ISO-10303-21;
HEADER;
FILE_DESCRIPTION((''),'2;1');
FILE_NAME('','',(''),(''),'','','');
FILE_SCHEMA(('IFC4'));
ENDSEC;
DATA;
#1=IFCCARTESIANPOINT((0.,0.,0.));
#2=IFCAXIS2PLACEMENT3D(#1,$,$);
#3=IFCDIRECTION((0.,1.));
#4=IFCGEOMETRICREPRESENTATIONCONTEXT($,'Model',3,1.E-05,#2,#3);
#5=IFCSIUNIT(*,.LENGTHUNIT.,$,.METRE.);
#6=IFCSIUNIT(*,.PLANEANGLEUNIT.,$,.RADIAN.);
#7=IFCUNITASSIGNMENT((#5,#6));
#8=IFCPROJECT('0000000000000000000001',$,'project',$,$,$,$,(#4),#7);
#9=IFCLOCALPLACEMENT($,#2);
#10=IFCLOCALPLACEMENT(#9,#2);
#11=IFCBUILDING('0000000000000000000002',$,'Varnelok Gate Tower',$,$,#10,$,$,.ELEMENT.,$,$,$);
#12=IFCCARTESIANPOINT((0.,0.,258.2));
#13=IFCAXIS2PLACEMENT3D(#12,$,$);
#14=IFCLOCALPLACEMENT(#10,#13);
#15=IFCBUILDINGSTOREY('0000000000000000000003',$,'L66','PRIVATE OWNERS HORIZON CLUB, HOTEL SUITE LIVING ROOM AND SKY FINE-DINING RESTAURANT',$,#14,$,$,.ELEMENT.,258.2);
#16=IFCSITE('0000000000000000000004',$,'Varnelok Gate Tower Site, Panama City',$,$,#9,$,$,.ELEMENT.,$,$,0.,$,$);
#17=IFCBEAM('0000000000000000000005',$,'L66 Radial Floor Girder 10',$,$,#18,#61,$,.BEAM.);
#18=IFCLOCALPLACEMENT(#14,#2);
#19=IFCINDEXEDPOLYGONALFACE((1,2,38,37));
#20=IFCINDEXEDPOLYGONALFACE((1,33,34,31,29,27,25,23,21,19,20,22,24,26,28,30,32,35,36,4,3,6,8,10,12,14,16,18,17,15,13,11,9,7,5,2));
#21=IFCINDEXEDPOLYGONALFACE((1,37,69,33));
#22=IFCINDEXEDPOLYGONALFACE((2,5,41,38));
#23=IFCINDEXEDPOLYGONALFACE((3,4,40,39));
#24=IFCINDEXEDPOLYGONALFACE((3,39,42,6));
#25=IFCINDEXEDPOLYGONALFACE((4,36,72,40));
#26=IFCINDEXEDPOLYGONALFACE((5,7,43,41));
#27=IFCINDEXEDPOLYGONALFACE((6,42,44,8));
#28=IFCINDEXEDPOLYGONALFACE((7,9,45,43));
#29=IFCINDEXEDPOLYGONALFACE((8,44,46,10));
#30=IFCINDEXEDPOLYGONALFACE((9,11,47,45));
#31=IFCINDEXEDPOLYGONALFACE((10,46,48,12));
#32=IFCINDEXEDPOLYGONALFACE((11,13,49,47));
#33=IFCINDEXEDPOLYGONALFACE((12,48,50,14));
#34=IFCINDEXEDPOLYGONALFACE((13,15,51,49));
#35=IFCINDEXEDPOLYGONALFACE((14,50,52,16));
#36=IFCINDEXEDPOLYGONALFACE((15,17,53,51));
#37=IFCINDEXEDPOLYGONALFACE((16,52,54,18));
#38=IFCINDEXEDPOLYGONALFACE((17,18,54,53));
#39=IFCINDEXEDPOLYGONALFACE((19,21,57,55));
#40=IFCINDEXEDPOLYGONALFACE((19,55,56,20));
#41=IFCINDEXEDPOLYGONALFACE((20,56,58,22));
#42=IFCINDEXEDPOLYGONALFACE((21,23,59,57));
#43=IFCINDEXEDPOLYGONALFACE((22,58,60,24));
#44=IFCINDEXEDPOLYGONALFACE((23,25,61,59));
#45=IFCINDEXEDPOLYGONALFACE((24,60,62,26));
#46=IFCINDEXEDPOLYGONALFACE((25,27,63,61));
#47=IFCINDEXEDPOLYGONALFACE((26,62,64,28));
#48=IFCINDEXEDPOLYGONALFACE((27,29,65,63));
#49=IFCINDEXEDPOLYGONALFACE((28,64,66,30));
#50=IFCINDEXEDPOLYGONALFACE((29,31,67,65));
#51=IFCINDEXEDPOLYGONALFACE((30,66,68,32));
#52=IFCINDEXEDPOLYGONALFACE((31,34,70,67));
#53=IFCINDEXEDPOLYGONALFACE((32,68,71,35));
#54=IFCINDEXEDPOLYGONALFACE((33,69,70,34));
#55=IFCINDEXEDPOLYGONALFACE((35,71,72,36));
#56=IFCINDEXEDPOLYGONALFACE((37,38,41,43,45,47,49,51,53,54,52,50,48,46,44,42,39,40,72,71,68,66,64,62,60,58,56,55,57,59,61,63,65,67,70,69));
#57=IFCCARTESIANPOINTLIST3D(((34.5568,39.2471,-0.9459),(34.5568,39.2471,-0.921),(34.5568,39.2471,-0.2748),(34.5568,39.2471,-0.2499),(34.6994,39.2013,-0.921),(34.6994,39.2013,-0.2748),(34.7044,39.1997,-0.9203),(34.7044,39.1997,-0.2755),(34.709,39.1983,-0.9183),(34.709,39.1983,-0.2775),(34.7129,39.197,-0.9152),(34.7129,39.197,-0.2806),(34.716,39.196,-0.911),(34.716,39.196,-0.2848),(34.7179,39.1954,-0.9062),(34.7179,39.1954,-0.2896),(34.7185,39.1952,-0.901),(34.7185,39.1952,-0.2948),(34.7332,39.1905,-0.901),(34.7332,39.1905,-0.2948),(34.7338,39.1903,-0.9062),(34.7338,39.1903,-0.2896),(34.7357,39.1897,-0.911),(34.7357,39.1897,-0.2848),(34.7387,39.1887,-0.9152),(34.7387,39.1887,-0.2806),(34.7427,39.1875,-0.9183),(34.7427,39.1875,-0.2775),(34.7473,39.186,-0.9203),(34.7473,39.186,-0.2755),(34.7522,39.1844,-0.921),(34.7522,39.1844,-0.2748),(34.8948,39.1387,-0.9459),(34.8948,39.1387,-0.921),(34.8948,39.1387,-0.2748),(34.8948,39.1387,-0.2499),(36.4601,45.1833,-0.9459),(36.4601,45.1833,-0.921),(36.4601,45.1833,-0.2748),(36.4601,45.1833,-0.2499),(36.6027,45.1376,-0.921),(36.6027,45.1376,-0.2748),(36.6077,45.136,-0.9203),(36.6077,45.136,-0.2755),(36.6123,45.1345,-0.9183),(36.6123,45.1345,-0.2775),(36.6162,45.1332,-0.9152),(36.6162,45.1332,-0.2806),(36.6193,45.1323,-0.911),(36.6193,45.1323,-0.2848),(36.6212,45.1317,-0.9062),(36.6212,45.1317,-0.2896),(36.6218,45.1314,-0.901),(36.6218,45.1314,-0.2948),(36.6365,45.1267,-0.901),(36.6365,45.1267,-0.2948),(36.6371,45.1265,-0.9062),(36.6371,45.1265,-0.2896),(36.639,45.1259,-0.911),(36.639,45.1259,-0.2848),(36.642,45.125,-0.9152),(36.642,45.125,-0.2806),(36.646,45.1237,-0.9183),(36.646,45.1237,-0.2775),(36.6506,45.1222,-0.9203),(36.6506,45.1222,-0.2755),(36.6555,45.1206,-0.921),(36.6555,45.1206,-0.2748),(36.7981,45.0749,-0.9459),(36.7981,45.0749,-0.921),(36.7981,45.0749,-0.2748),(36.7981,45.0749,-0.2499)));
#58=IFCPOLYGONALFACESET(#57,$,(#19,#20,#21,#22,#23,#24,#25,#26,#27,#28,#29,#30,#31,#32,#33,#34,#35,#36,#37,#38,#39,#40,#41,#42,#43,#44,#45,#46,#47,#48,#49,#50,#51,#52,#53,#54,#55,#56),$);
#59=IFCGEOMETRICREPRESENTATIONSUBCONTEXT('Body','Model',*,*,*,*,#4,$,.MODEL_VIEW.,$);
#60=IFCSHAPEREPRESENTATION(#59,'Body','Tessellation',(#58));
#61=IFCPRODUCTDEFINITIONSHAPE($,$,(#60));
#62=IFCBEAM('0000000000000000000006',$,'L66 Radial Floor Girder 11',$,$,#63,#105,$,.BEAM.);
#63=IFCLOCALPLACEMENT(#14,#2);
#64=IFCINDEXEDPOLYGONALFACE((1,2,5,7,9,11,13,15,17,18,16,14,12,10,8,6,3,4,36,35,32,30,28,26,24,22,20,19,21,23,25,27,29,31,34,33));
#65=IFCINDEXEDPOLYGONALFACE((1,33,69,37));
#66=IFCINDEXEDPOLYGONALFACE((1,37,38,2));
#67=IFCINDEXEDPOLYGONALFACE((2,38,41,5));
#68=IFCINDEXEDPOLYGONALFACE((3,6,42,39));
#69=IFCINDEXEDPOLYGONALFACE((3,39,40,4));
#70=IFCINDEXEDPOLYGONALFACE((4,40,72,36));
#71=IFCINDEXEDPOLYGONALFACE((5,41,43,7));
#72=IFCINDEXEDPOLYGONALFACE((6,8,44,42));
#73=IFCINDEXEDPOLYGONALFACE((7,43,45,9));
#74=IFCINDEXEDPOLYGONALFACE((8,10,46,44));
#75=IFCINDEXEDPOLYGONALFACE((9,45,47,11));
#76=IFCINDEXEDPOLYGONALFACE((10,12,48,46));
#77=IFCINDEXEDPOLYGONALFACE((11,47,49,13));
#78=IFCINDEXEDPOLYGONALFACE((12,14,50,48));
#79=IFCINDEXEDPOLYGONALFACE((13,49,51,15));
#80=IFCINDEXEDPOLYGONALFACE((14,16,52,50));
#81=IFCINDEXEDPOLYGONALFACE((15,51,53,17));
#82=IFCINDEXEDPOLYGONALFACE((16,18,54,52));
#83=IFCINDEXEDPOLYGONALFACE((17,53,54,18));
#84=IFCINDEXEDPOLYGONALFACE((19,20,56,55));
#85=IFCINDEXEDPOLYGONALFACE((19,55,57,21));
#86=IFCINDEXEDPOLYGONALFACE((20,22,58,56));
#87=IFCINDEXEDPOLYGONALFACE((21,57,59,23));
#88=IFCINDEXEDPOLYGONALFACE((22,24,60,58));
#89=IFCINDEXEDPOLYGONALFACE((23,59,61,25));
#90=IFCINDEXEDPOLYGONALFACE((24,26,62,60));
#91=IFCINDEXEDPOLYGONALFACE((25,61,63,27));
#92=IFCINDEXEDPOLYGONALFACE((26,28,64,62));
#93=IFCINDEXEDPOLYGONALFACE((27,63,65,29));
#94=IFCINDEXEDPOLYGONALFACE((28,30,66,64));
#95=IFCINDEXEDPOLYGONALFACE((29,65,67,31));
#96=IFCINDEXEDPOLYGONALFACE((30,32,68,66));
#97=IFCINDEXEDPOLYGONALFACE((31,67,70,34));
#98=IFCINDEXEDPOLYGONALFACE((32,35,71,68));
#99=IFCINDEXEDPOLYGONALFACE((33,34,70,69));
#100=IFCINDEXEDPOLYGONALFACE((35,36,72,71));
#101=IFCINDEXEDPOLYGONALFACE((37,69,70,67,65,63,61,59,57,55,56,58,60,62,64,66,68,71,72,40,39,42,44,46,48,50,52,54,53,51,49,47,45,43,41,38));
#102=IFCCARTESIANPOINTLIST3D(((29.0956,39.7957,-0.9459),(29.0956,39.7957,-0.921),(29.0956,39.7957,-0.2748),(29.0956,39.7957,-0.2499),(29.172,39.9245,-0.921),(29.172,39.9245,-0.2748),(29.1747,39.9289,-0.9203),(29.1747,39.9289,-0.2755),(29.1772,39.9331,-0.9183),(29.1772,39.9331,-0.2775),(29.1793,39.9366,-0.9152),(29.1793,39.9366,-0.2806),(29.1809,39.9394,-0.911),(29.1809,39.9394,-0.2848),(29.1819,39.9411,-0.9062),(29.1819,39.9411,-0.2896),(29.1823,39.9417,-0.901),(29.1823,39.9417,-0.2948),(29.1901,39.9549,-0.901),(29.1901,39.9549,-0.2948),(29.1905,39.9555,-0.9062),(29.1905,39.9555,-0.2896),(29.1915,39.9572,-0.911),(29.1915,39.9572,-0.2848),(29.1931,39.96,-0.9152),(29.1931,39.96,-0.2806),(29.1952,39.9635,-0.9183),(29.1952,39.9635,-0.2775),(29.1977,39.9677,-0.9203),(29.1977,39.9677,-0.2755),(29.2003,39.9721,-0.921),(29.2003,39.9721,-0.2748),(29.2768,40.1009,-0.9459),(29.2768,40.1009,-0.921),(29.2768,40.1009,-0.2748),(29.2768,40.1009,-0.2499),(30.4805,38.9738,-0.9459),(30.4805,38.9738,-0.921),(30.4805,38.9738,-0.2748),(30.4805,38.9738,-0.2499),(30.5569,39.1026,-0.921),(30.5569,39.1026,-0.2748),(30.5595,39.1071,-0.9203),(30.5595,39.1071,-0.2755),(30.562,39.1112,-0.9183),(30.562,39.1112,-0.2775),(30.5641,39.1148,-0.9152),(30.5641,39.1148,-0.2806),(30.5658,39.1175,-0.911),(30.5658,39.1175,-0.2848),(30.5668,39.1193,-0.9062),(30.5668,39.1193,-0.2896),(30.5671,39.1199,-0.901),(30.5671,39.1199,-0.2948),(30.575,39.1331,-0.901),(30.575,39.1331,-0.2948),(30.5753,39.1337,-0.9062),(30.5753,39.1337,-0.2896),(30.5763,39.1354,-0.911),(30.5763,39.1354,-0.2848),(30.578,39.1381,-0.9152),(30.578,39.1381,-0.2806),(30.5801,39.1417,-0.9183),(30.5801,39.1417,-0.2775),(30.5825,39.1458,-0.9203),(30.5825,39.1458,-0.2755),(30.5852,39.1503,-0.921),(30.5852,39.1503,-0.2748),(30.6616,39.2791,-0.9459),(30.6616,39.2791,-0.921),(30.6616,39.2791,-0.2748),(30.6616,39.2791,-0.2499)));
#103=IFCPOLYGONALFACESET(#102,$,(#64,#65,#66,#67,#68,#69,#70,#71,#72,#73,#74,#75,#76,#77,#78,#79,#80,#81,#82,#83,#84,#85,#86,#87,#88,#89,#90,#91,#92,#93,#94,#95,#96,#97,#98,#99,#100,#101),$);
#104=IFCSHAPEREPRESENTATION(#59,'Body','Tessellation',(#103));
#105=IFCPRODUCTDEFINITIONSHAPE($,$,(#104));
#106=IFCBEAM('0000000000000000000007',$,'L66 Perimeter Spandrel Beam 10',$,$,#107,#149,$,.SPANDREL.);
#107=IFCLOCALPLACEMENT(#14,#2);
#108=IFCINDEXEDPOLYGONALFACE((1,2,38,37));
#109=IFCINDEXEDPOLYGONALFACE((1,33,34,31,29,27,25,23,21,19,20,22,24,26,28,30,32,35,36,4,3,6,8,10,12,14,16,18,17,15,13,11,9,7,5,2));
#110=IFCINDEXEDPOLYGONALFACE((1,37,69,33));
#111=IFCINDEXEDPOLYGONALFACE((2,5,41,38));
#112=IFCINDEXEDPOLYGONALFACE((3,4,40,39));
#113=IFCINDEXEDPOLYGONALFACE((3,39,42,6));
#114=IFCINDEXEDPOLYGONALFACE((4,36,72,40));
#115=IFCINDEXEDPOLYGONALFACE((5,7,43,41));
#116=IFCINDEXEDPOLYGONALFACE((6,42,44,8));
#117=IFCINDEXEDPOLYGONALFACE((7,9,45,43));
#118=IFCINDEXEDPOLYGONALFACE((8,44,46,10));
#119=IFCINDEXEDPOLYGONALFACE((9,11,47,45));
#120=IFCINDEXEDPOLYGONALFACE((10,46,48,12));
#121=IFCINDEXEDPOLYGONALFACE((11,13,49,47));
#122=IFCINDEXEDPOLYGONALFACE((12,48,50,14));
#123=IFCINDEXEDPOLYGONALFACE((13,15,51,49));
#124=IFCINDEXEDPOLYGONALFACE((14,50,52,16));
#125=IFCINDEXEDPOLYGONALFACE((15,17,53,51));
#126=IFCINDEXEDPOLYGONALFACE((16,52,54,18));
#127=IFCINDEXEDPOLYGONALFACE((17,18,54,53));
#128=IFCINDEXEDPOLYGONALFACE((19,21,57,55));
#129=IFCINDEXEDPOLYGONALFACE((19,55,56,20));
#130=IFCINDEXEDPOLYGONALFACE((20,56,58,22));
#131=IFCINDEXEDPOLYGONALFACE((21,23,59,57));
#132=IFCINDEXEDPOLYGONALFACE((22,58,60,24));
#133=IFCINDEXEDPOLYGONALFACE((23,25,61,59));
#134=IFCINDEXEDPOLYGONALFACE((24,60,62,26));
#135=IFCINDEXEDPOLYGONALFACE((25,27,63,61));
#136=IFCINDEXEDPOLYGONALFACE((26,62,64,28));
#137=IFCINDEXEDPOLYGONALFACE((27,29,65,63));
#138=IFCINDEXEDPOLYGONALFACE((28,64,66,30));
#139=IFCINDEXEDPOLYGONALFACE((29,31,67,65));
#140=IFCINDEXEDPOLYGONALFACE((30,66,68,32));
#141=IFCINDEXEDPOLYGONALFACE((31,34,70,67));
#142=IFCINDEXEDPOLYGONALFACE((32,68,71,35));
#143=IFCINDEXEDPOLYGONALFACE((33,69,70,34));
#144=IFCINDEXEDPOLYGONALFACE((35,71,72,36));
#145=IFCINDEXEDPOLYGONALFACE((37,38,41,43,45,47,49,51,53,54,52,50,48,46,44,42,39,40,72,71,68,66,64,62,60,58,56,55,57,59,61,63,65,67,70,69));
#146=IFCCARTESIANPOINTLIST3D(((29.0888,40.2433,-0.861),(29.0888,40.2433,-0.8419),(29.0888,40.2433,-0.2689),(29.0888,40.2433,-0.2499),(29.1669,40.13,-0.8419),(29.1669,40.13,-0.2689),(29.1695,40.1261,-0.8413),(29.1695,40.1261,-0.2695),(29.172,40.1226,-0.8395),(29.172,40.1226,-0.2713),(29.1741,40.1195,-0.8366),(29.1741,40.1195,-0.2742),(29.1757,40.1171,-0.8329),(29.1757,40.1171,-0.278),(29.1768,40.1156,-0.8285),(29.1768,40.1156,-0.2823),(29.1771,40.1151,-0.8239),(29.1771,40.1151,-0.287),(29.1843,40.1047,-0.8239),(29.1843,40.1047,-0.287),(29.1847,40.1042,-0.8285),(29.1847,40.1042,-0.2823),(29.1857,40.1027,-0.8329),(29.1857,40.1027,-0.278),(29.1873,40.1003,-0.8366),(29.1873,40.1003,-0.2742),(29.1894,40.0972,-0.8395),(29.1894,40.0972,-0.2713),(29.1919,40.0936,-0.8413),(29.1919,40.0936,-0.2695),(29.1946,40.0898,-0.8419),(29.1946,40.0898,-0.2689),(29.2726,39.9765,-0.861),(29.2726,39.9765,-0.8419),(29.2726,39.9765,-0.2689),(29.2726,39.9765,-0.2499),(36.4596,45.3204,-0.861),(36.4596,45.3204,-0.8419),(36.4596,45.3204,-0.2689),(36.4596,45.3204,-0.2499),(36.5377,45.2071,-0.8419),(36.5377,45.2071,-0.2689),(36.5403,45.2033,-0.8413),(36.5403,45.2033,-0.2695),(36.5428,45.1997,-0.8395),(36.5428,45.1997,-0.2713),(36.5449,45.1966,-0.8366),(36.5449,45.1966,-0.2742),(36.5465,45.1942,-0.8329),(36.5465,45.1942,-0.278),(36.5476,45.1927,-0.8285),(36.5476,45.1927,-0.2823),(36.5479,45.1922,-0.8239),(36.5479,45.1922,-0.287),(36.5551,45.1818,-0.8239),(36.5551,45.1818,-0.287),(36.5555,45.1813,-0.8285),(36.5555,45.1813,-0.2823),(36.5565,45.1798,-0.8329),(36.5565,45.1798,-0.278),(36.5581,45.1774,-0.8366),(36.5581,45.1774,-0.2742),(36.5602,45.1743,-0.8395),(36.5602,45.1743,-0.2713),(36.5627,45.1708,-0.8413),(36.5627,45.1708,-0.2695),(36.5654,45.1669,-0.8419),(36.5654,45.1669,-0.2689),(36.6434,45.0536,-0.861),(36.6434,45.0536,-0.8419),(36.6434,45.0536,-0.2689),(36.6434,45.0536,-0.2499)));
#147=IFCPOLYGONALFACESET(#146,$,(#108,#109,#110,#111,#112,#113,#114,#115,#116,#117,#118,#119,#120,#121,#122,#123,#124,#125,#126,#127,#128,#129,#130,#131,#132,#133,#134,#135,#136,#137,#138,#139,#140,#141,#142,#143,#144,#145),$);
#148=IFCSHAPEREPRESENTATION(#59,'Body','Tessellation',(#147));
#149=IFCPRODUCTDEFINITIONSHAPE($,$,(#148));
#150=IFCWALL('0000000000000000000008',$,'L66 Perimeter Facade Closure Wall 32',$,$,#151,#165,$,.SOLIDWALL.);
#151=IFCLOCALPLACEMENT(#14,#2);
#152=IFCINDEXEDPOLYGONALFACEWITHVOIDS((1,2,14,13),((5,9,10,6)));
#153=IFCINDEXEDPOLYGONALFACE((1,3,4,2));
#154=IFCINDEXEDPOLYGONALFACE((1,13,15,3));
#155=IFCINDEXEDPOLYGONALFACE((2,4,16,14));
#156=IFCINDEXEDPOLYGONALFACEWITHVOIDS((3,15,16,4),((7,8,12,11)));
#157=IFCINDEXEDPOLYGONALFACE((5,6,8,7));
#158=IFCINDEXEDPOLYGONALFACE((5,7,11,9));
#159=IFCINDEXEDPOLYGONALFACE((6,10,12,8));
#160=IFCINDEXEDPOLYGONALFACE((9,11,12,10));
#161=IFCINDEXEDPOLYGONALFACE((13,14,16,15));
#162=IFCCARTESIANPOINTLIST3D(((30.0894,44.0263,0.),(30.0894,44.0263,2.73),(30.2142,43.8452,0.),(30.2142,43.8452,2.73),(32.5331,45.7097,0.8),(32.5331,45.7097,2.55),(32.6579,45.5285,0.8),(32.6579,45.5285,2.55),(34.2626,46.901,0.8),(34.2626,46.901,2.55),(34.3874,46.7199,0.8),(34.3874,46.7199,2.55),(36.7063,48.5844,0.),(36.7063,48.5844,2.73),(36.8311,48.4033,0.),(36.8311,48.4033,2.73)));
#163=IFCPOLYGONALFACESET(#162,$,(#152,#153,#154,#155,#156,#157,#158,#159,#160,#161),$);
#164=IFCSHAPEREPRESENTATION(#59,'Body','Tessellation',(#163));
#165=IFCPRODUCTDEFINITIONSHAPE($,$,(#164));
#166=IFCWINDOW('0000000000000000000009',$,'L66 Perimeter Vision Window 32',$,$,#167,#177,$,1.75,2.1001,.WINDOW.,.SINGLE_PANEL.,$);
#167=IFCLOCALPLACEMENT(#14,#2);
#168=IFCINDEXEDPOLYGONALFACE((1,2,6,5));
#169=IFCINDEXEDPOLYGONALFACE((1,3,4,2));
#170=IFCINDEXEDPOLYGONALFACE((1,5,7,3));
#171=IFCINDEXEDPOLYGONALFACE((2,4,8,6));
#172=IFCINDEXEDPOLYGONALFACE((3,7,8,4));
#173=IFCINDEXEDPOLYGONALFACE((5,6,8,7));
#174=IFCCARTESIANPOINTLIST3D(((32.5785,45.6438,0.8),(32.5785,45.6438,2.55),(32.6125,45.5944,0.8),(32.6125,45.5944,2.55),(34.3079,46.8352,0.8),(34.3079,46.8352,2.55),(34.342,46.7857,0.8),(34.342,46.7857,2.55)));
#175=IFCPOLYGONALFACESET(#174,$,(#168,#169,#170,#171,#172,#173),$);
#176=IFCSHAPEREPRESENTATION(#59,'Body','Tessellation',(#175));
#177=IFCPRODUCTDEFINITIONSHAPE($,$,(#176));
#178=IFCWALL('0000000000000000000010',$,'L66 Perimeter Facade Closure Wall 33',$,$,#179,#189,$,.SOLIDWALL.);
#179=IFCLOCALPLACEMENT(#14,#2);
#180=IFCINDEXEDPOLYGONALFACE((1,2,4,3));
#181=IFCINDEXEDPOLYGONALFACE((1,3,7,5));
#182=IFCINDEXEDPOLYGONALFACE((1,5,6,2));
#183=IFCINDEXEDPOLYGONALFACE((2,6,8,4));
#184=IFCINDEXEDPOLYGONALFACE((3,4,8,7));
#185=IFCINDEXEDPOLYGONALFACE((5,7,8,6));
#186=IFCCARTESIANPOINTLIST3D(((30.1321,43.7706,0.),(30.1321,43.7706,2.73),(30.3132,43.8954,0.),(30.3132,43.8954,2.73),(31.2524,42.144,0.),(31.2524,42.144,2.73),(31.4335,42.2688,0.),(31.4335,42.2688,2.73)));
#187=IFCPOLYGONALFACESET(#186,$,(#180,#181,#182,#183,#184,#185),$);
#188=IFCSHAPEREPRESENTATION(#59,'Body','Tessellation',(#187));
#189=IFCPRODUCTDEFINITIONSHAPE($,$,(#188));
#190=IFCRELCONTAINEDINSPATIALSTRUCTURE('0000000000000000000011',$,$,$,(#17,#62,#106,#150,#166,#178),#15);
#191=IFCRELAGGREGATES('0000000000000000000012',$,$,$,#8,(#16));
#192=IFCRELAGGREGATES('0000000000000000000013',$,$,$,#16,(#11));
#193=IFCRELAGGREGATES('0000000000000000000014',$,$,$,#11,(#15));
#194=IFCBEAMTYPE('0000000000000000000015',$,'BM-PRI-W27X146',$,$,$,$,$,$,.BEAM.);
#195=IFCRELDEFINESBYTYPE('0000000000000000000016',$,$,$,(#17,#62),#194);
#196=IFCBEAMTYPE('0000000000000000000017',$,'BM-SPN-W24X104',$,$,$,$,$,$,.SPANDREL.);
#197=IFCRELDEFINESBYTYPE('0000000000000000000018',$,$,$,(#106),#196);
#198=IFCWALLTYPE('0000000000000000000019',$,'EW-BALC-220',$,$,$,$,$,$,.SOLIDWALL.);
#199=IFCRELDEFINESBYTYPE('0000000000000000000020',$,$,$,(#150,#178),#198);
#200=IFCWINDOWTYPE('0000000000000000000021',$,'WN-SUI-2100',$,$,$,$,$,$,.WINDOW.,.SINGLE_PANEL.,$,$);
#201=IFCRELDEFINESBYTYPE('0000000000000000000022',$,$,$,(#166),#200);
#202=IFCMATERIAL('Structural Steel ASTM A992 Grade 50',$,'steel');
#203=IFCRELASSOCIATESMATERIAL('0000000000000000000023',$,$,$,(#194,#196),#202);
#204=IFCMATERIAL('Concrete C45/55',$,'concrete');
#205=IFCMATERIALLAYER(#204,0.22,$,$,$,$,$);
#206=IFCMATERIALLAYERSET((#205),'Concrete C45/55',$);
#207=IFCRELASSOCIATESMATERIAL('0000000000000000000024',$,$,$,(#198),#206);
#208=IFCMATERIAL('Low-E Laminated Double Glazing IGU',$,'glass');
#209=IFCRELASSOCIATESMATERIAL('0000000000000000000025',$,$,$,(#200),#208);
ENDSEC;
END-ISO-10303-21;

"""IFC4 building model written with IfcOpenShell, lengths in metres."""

from ifc_helpers import new_model, si_unit, direction, frame, frame_2d, origin, origin_2d, place, context, subcontext, project, spatial, rectangle, i_section, extrude, material, layer, layer_set, material_profile, profile_set, type_object, element, fill, save


model = new_model("IFC4")

# Units and contexts
model_context = context("Model", 3, precision=1e-05, world=origin(), true_north=direction((0.0, 1.0)))
body_context = subcontext(model_context, "Body", "Model", "MODEL_VIEW")
ifc_project = project(units=[si_unit("LENGTHUNIT", "METRE"), si_unit("PLANEANGLEUNIT", "RADIAN")], contexts=[model_context])

# Site, building, storey
site_placement = place(None, origin())
site = spatial("IfcSite", under=ifc_project, at=site_placement, Name="Varnelok Gate Tower Site, Panama City", CompositionType="ELEMENT", RefElevation=0.0)
building_placement = place(site_placement, origin())
building = spatial("IfcBuilding", under=site, at=building_placement, Name="Varnelok Gate Tower", CompositionType="ELEMENT")
storey_placement = place(building_placement, frame((0.0, 0.0, 258.2)))
storey = spatial("IfcBuildingStorey", under=building, at=storey_placement, Name="L66", Description="PRIVATE OWNERS HORIZON CLUB, HOTEL SUITE LIVING ROOM AND SKY FINE-DINING RESTAURANT", CompositionType="ELEMENT", Elevation=258.2)

# Shared definitions
ifc_material_1 = material(Name="Structural Steel ASTM A992 Grade 50", Category="steel")

# Beams
ifc_material_profile_1 = material_profile(ifc_material_1, i_section(OverallWidth=0.355, OverallDepth=0.696, WebThickness=0.0154, FlangeThickness=0.0249, FilletRadius=0.02, at=origin_2d()), Name="W27X146")
ifc_profile_set_1 = profile_set([ifc_material_profile_1], Name="Structural Steel ASTM A992 Grade 50")
beam_type_1 = type_object("IfcBeamType", Name="BM-PRI-W27X146", PredefinedType="BEAM", material=ifc_profile_set_1)
beam_1_placement = place(storey_placement, frame((34.7258, 39.1929, -0.5979), z_axis=(0.305316, 0.952251, 0.0), x_axis=(-0.952251, 0.305316, 0.0)))
element("IfcBeam", 1, at=beam_1_placement, inside=storey, type_object=beam_type_1, Name="L66 Radial Floor Girder 10", PredefinedType="BEAM", context=body_context, shape_type="SweptSolid", body=[
    extrude(i_section(OverallWidth=0.355, OverallDepth=0.696, WebThickness=0.0154, FlangeThickness=0.0249, FilletRadius=0.02, at=origin_2d()), origin(), (0.0, 0.0, 1.0), 6.2339),
])
beam_2_placement = place(storey_placement, frame((30.571, 39.1265, -0.5979), z_axis=(-0.859971, 0.510343, 0.0), x_axis=(-0.510343, -0.859971, 0.0)))
element("IfcBeam", 2, at=beam_2_placement, inside=storey, type_object=beam_type_1, Name="L66 Radial Floor Girder 11", PredefinedType="BEAM", context=body_context, shape_type="SweptSolid", body=[
    extrude(i_section(OverallWidth=0.355, OverallDepth=0.696, WebThickness=0.0154, FlangeThickness=0.0249, FilletRadius=0.02, at=origin_2d()), origin(), (0.0, 0.0, 1.0), 1.6104),
])
ifc_material_profile_2 = material_profile(ifc_material_1, i_section(OverallWidth=0.324, OverallDepth=0.6111, WebThickness=0.0127, FlangeThickness=0.019, FilletRadius=0.0181, at=origin_2d()), Name="W24X104")
ifc_profile_set_2 = profile_set([ifc_material_profile_2], Name="Structural Steel ASTM A992 Grade 50")
beam_type_2 = type_object("IfcBeamType", Name="BM-SPN-W24X104", PredefinedType="SPANDREL", material=ifc_profile_set_2)
beam_3_placement = place(storey_placement, frame((36.5515, 45.187, -0.5554), z_axis=(-0.823536, -0.567264, 0.0), x_axis=(0.567264, -0.823536, 0.0)))
element("IfcBeam", 3, at=beam_3_placement, inside=storey, type_object=beam_type_2, Name="L66 Perimeter Spandrel Beam 10", PredefinedType="SPANDREL", context=body_context, shape_type="SweptSolid", body=[
    extrude(i_section(OverallWidth=0.324, OverallDepth=0.6111, WebThickness=0.0127, FlangeThickness=0.019, FilletRadius=0.0181, at=origin_2d()), origin(), (0.0, 0.0, 1.0), 8.9502),
])

# Wall, opening, window
ifc_material_2 = material(Name="Concrete C45/55", Category="concrete")
ifc_layer_1 = layer(ifc_material_2, 0.22)
ifc_layer_set_1 = layer_set([ifc_layer_1], Name="Concrete C45/55")
wall_type_1 = type_object("IfcWallType", Name="EW-BALC-220", PredefinedType="SOLIDWALL", material=ifc_layer_set_1)
wall_1_placement = place(storey_placement, frame((36.7688, 48.4939, 0.0), z_axis=(0.0, 0.0, 1.0), x_axis=(-0.823521, -0.567286, 0.0)))
wall_1 = element("IfcWall", 4, at=wall_1_placement, inside=storey, type_object=wall_type_1, Name="L66 Perimeter Facade Closure Wall 32", PredefinedType="SOLIDWALL", context=body_context, shape_type="SweptSolid", body=[
    extrude(rectangle(XDim=8.0349, YDim=0.22, at=frame_2d((4.0176, 0.0))), origin(), (0.0, 0.0, 1.0), 2.73),
])
opening_1_placement = place(wall_1_placement, frame((2.9675, 0.0, 0.8)))
opening_1 = element("IfcOpeningElement", 5, at=opening_1_placement, cuts=wall_1, PredefinedType="OPENING", context=body_context, shape_type="SweptSolid", body=[
    extrude(rectangle(XDim=2.1001, YDim=1.75, at=frame_2d((1.05, 0.875))), frame((0.0, 0.1199, 0.0), z_axis=(0.0, -1.0, 0.0), x_axis=(1.0, 0.0, 0.0)), (0.0, 0.0, 1.0), 0.24),
])
ifc_material_3 = material(Name="Low-E Laminated Double Glazing IGU", Category="glass")
window_type = type_object("IfcWindowType", Name="WN-SUI-2100", PartitioningType="SINGLE_PANEL", PredefinedType="WINDOW", material=ifc_material_3)
window_placement = place(opening_1_placement, origin())
window = element("IfcWindow", 6, at=window_placement, inside=storey, type_object=window_type, Name="L66 Perimeter Vision Window 32", OverallHeight=1.75, OverallWidth=2.1001, PartitioningType="SINGLE_PANEL", PredefinedType="WINDOW", context=body_context, shape_type="SweptSolid", body=[
    extrude(rectangle(XDim=2.1001, YDim=1.75, at=frame_2d((1.05, 0.875))), frame((0.0, 0.03, 0.0), z_axis=(0.0, -1.0, 0.0), x_axis=(1.0, 0.0, 0.0)), (0.0, 0.0, 1.0), 0.0601),
])
fill(opening_1, window)

# Wall
wall_2_placement = place(storey_placement, frame((30.2227, 43.833, 0.0), z_axis=(0.0, 0.0, 1.0), x_axis=(0.567216, -0.823569, 0.0)))
element("IfcWall", 7, at=wall_2_placement, inside=storey, type_object=wall_type_1, Name="L66 Perimeter Facade Closure Wall 33", PredefinedType="SOLIDWALL", context=body_context, shape_type="SweptSolid", body=[
    extrude(rectangle(XDim=1.9751, YDim=0.22, at=frame_2d((0.9875, 0.0))), origin(), (0.0, 0.0, 1.0), 2.73),
])

save(model, "model.ifc")
